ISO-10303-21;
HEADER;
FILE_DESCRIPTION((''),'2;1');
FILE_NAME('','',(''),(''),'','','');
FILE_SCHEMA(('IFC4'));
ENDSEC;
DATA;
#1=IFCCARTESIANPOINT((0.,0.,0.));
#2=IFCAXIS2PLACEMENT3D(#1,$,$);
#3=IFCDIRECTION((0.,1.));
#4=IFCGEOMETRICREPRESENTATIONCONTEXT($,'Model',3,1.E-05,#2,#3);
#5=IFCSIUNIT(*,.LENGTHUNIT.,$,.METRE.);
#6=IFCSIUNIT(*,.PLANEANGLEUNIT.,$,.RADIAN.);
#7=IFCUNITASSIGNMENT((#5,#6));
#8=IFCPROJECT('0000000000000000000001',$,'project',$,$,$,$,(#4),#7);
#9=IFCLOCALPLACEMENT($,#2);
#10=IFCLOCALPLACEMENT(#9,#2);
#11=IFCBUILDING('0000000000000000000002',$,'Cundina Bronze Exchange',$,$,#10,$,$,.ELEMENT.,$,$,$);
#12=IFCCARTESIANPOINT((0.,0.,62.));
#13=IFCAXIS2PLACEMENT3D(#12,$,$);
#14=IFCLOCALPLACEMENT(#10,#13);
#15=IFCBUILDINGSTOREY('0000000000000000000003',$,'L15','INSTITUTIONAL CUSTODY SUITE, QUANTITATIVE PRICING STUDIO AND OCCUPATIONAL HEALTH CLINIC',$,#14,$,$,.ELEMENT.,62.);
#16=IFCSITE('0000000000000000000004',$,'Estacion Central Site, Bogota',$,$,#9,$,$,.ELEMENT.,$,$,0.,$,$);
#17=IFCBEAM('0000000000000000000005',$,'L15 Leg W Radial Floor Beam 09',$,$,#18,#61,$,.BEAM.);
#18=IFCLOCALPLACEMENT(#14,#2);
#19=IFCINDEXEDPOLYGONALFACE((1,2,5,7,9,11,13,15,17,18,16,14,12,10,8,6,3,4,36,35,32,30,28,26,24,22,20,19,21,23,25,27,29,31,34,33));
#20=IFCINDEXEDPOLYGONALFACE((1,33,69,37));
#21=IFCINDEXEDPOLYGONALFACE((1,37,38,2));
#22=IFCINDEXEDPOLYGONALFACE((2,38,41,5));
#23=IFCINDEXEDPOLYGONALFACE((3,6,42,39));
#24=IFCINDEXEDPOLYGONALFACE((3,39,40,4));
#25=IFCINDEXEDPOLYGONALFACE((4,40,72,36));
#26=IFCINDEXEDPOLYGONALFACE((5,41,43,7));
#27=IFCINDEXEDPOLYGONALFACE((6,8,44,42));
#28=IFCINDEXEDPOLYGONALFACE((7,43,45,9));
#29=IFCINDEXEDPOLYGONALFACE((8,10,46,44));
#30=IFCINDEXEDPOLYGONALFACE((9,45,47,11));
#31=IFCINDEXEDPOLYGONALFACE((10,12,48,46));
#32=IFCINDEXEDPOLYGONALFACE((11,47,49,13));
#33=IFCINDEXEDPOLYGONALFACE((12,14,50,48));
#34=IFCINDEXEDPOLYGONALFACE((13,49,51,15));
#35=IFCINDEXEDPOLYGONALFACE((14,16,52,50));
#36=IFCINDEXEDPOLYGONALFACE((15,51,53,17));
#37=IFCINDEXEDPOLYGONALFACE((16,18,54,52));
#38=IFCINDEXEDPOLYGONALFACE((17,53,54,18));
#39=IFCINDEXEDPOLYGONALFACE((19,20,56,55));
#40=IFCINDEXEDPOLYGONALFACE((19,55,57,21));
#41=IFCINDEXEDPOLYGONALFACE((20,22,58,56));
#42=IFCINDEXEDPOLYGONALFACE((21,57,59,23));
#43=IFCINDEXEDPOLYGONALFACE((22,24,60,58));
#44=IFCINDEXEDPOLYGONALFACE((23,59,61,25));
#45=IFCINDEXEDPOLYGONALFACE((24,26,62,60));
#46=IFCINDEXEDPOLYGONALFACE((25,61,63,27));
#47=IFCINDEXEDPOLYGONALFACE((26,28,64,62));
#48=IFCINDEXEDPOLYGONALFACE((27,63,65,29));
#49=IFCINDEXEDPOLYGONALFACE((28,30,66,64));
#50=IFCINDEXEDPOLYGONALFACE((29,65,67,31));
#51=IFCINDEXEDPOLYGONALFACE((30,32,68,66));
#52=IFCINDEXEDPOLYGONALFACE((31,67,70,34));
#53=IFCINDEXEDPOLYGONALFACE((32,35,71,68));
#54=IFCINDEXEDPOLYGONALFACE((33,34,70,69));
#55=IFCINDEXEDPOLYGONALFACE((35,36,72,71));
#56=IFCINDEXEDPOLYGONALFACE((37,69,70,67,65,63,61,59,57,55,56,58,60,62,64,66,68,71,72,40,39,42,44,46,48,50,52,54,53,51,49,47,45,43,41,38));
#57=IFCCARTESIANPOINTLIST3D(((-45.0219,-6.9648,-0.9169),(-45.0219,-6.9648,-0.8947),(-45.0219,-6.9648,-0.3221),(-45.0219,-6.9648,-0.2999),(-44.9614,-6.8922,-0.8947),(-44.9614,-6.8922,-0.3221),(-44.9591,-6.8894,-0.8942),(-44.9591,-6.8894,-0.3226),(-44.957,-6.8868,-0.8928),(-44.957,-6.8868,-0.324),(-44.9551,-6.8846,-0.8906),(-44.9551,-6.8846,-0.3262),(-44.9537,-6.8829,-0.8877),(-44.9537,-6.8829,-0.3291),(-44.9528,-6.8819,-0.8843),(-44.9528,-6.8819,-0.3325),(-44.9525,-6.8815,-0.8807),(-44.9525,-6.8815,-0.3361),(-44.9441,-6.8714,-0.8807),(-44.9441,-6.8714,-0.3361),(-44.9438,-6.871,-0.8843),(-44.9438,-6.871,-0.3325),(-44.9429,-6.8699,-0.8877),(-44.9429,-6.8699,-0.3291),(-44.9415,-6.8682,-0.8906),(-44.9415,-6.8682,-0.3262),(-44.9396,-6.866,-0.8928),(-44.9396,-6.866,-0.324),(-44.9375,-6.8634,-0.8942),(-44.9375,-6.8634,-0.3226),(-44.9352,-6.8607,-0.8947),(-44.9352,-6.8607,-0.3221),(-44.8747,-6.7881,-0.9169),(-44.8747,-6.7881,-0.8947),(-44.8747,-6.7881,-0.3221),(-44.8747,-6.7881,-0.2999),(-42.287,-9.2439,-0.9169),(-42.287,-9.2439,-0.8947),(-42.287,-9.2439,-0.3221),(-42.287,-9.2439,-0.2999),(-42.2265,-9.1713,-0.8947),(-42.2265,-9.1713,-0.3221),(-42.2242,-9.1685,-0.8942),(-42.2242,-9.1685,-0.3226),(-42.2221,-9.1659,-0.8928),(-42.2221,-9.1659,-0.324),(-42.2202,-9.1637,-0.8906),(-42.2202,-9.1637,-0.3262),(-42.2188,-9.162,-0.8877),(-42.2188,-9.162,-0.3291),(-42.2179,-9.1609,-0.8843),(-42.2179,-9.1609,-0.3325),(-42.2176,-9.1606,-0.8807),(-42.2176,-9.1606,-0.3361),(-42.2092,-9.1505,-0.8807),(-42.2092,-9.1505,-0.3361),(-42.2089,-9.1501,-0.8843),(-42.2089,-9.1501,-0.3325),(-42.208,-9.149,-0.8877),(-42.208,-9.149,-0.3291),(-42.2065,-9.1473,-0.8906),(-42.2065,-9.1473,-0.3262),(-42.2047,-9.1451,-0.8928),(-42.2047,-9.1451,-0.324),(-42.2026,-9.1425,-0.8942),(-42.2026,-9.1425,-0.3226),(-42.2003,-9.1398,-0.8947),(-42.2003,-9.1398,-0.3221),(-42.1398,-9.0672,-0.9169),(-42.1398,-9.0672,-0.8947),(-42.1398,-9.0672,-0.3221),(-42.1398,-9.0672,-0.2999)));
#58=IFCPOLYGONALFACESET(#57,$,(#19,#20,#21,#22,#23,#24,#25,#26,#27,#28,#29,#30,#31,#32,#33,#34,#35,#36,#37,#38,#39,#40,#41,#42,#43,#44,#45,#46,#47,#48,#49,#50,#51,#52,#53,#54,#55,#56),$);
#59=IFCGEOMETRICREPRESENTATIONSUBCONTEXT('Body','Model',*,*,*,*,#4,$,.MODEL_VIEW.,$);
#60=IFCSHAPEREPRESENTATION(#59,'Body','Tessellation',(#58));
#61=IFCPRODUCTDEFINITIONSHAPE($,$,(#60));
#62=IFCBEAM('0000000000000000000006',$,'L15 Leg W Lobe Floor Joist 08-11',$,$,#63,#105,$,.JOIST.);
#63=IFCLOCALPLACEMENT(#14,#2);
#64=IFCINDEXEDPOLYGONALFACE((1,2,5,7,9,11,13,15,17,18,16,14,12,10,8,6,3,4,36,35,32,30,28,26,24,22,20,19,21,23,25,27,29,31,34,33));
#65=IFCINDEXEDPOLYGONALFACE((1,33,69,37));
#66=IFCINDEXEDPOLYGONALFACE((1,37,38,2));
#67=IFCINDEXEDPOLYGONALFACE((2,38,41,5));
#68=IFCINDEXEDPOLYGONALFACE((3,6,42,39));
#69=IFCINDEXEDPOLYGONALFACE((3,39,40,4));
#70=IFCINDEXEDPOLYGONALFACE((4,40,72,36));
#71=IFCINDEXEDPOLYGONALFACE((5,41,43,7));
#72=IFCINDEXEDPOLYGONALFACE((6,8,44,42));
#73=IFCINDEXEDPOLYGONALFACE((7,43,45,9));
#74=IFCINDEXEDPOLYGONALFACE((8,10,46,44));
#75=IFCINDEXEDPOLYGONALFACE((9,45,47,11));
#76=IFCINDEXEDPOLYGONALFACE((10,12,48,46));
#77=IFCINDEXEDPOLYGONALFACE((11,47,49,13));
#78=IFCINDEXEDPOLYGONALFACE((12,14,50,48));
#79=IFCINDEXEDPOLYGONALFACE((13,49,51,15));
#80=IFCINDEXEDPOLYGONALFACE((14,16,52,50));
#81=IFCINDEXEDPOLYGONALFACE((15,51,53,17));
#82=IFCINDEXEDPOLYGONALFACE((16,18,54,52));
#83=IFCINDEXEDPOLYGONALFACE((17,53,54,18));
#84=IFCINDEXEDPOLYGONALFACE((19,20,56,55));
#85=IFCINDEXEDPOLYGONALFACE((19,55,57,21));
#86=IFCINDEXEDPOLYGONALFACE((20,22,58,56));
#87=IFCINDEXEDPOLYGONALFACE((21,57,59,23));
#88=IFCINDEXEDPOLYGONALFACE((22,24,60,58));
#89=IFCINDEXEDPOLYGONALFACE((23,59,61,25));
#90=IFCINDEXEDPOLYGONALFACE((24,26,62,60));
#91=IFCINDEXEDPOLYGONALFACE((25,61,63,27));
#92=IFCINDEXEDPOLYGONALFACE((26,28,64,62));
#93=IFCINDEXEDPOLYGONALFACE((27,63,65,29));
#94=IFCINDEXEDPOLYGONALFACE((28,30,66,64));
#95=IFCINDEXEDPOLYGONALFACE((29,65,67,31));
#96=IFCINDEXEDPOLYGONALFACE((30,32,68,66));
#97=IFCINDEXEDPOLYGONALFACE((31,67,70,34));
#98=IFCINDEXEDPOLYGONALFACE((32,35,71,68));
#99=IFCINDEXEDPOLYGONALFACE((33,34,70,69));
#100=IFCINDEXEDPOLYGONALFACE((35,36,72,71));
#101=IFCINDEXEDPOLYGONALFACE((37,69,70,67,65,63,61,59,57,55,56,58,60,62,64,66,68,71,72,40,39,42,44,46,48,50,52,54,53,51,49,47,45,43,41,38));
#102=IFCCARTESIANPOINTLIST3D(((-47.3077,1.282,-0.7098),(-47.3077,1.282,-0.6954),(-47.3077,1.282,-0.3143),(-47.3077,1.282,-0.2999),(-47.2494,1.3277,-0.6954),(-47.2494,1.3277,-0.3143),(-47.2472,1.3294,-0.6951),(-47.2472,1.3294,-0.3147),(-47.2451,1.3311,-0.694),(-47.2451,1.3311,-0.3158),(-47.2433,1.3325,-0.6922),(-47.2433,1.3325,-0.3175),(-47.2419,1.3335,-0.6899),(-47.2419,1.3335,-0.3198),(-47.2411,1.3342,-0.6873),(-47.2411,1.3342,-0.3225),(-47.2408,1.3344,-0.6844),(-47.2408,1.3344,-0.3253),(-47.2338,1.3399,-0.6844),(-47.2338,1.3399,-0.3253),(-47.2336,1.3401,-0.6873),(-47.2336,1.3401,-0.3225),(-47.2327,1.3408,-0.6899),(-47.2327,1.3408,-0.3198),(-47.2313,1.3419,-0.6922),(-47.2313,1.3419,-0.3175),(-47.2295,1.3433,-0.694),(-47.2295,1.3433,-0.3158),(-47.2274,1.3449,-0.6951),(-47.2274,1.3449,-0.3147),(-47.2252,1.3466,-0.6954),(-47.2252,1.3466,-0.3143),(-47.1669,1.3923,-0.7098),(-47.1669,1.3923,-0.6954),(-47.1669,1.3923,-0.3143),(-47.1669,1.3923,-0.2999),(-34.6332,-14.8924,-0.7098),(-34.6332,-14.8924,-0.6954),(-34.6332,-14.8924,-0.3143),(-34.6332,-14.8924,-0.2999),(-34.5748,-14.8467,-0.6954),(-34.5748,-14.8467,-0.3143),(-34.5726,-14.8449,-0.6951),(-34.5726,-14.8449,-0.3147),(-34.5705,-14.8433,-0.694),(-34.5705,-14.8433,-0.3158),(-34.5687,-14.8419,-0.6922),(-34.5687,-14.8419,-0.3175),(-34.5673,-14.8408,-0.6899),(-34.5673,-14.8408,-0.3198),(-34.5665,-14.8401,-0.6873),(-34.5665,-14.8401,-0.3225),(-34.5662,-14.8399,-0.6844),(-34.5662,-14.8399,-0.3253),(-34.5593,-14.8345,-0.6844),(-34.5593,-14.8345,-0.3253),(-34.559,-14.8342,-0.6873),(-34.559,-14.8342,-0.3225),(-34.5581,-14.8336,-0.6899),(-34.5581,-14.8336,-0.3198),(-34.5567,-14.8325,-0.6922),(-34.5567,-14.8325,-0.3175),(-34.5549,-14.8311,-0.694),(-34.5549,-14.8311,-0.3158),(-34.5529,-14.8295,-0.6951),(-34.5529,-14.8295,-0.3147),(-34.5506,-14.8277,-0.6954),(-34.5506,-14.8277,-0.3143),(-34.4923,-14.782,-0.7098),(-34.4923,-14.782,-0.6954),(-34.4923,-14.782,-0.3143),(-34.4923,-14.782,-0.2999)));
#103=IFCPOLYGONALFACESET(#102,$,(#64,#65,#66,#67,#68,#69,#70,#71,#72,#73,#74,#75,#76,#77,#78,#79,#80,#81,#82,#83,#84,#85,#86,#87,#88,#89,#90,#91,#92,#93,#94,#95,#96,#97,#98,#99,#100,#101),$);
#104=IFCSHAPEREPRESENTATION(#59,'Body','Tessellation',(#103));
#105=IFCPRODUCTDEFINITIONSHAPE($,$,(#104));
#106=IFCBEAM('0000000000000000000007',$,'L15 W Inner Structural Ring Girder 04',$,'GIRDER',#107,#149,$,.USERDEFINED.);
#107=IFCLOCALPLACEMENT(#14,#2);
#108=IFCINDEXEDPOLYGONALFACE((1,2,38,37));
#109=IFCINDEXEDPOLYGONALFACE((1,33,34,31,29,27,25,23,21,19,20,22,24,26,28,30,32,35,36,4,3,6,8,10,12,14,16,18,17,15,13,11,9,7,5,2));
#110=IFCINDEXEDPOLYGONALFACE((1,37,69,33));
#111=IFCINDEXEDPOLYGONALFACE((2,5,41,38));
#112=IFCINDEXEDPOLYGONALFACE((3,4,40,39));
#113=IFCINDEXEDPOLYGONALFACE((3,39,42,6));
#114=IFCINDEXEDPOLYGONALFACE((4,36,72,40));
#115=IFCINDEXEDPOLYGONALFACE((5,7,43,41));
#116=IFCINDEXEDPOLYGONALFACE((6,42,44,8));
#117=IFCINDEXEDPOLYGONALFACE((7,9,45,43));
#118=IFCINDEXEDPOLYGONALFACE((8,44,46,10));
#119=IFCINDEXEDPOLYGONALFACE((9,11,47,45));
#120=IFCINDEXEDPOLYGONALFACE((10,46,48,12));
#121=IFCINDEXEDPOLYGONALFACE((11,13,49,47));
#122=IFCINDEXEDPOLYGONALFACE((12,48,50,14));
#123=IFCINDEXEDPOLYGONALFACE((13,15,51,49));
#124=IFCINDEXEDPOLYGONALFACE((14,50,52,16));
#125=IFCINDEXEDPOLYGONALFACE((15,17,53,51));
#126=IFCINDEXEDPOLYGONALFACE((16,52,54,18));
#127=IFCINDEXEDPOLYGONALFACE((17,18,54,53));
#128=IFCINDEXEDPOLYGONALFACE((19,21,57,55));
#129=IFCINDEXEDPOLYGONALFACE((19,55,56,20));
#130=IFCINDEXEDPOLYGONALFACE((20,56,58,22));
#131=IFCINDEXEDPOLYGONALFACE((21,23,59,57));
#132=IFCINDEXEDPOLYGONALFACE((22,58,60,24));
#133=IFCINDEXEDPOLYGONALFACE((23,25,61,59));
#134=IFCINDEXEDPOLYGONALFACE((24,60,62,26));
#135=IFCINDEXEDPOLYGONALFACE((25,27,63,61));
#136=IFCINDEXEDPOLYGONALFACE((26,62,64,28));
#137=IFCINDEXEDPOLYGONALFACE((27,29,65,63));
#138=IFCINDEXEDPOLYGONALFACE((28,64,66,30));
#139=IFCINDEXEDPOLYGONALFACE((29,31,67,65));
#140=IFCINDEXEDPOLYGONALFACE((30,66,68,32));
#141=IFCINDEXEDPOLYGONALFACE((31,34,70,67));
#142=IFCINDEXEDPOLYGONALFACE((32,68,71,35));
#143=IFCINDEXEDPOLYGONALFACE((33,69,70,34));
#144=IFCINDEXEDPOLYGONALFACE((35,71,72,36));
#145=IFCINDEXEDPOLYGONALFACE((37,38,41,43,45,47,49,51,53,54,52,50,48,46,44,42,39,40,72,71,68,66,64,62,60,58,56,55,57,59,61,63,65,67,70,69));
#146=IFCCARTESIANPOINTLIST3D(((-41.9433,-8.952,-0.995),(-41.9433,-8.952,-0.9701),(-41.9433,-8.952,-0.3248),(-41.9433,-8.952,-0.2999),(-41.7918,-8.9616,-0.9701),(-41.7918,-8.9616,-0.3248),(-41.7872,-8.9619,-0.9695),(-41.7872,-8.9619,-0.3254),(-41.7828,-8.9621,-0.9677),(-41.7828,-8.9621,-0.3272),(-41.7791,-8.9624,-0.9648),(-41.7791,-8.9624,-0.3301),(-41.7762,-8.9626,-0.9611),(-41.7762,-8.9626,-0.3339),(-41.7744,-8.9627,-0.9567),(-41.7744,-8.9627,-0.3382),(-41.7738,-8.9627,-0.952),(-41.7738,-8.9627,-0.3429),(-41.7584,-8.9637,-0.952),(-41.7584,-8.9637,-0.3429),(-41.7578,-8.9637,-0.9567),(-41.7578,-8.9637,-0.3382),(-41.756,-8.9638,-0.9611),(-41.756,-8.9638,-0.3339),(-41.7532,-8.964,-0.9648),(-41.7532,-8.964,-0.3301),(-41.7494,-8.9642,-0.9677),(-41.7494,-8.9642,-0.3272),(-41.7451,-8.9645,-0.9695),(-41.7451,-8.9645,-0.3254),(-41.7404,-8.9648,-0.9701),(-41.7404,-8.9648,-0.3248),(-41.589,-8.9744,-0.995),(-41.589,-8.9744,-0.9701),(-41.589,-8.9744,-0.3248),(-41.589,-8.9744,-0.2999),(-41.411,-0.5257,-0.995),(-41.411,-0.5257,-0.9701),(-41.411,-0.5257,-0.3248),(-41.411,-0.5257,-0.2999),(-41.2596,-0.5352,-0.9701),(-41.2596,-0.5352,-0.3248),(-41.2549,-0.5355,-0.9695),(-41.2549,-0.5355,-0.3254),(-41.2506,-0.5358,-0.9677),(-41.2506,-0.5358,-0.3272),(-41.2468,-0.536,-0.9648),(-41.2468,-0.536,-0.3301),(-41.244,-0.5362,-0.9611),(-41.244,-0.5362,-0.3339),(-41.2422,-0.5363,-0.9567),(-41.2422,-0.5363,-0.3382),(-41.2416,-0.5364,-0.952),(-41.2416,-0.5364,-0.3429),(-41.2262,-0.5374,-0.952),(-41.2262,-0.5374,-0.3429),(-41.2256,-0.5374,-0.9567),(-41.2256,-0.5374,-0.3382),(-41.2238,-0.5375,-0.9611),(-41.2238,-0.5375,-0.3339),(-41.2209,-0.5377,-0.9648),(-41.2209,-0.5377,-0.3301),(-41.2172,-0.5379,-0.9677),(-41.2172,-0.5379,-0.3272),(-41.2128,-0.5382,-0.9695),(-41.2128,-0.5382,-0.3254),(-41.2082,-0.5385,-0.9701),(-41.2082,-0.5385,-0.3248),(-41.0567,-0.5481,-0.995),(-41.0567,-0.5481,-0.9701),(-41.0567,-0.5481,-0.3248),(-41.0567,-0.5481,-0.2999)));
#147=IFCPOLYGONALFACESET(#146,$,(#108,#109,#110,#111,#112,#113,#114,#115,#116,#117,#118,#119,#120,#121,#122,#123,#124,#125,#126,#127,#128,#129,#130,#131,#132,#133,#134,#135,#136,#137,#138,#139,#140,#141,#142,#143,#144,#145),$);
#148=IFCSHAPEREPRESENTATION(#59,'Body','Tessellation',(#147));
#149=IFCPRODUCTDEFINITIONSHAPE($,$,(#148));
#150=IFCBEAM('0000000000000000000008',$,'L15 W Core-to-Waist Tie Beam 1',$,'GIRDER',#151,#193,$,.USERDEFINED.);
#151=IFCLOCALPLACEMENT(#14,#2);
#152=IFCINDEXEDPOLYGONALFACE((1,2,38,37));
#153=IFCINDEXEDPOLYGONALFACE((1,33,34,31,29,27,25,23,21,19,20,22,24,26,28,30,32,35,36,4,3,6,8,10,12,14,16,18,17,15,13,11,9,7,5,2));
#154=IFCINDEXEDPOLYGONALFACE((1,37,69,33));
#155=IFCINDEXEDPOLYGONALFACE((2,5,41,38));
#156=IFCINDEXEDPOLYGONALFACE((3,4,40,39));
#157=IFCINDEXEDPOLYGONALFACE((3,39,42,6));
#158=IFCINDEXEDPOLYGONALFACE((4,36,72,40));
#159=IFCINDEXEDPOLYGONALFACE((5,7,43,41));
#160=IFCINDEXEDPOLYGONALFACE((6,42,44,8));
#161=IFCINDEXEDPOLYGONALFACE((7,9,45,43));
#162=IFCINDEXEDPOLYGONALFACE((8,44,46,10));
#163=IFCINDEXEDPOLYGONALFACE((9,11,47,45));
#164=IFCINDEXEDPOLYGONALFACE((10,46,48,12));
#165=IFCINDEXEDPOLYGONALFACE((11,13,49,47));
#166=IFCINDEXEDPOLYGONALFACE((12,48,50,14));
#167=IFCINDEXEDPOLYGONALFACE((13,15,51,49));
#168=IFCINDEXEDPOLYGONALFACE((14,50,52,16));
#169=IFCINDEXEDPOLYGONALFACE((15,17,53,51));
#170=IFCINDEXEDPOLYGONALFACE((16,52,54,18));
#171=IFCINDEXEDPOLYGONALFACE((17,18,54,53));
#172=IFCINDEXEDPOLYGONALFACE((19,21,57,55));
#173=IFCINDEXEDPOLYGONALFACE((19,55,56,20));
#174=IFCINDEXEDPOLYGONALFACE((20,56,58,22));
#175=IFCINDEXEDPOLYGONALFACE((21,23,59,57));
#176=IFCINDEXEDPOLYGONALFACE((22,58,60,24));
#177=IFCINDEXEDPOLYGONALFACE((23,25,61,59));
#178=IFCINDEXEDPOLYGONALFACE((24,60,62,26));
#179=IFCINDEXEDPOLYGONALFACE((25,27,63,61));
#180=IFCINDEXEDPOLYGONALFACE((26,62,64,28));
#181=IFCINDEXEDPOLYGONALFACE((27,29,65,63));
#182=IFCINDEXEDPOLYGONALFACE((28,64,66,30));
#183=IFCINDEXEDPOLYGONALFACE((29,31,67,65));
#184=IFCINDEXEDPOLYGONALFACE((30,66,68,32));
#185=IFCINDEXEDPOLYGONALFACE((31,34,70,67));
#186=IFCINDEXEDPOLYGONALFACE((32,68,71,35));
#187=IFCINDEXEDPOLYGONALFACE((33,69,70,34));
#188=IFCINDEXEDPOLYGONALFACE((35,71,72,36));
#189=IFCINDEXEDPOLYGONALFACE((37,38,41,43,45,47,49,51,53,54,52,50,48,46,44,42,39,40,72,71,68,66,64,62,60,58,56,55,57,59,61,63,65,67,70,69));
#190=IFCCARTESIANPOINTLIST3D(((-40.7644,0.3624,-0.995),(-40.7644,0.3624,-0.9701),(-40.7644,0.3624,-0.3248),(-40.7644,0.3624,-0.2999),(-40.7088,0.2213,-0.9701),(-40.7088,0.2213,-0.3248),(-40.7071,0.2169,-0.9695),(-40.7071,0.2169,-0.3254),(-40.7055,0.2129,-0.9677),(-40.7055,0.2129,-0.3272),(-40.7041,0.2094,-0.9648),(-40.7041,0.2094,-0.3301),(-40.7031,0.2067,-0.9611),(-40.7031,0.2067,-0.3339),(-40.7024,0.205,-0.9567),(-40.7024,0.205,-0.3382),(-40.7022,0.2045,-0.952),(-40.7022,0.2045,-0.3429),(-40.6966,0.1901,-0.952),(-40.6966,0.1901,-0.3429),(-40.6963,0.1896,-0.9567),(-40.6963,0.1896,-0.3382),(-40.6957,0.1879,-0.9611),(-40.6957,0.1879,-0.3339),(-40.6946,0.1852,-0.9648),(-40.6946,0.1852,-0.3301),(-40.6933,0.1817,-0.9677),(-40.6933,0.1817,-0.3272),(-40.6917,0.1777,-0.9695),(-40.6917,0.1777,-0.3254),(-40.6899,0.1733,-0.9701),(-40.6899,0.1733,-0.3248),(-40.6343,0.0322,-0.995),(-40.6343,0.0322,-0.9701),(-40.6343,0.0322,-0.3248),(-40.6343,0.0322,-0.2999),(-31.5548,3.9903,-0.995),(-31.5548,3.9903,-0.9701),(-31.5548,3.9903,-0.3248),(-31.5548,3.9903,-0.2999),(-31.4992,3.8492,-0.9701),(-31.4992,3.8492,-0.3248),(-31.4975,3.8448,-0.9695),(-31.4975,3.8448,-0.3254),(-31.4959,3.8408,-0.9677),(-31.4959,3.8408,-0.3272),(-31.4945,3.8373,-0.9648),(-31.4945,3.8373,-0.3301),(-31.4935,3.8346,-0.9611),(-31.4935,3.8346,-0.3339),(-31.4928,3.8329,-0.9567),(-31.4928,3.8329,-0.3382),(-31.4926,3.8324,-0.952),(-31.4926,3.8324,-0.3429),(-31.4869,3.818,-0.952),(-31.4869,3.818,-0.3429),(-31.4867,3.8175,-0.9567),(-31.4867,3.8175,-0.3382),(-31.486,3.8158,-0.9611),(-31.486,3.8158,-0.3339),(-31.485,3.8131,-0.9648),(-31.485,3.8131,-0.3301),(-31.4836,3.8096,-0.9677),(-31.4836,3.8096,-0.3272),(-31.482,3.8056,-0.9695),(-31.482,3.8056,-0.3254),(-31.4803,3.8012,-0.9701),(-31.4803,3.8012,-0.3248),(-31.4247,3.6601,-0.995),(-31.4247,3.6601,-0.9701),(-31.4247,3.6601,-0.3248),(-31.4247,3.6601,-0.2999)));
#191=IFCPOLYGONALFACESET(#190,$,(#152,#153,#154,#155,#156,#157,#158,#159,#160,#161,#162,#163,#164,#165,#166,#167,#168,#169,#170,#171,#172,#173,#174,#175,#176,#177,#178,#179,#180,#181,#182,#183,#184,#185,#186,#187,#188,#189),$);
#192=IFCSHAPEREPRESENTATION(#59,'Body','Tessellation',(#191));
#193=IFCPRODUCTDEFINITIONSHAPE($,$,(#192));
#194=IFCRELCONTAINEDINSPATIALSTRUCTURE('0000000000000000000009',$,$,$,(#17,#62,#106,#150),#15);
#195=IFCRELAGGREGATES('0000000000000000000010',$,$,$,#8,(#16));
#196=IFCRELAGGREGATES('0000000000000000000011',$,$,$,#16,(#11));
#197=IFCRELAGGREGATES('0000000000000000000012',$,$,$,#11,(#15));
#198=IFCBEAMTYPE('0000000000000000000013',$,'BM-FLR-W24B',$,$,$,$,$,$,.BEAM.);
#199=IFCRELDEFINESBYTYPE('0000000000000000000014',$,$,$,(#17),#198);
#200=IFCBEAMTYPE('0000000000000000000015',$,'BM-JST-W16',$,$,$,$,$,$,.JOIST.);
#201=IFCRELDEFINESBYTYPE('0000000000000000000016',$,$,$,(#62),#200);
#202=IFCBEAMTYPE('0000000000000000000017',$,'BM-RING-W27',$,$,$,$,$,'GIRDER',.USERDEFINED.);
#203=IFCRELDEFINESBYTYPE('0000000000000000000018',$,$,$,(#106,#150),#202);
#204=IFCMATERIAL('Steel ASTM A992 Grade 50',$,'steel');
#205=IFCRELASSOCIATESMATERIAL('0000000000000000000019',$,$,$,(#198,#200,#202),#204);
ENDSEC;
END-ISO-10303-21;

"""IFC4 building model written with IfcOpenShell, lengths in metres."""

from ifc_helpers import new_model, si_unit, direction, frame, origin, origin_2d, place, context, subcontext, project, spatial, i_section, extrude, material, material_profile, profile_set, type_object, element, save


model = new_model("IFC4")

# Units and contexts
model_context = context("Model", 3, precision=1e-05, world=origin(), true_north=direction((0.0, 1.0)))
body_context = subcontext(model_context, "Body", "Model", "MODEL_VIEW")
ifc_project = project(units=[si_unit("LENGTHUNIT", "METRE"), si_unit("PLANEANGLEUNIT", "RADIAN")], contexts=[model_context])

# Site, building, storey
site_placement = place(None, origin())
site = spatial("IfcSite", under=ifc_project, at=site_placement, Name="Estacion Central Site, Bogota", CompositionType="ELEMENT", RefElevation=0.0)
building_placement = place(site_placement, origin())
building = spatial("IfcBuilding", under=site, at=building_placement, Name="Cundina Bronze Exchange", CompositionType="ELEMENT")
storey_placement = place(building_placement, frame((0.0, 0.0, 62.0)))
storey = spatial("IfcBuildingStorey", under=building, at=storey_placement, Name="L15", Description="INSTITUTIONAL CUSTODY SUITE, QUANTITATIVE PRICING STUDIO AND OCCUPATIONAL HEALTH CLINIC", CompositionType="ELEMENT", Elevation=62.0)

# Shared definitions
ifc_material_1 = material(Name="Steel ASTM A992 Grade 50", Category="steel")

# Beams
ifc_material_profile_1 = material_profile(ifc_material_1, i_section(OverallWidth=0.23, OverallDepth=0.6169, WebThickness=0.0132, FlangeThickness=0.0222, FilletRadius=0.0139, at=origin_2d()), Name="W24X94", Category="steel")
ifc_profile_set_1 = profile_set([ifc_material_profile_1], Name="Steel ASTM A992 Grade 50")
beam_type_1 = type_object("IfcBeamType", Name="BM-FLR-W24B", PredefinedType="BEAM", material=ifc_profile_set_1)
beam_1_placement = place(storey_placement, frame((-42.2134, -9.1555, -0.6084), z_axis=(-0.768221, 0.640184, 0.0), x_axis=(-0.640184, -0.768221, 0.0)))
element("IfcBeam", 1, at=beam_1_placement, inside=storey, type_object=beam_type_1, Name="L15 Leg W Radial Floor Beam 09", PredefinedType="BEAM", context=body_context, shape_type="SweptSolid", body=[
    extrude(i_section(OverallWidth=0.23, OverallDepth=0.6169, WebThickness=0.0132, FlangeThickness=0.0222, FilletRadius=0.0139, at=origin_2d()), origin(), (0.0, 0.0, 1.0), 3.5601),
])
ifc_material_profile_2 = material_profile(ifc_material_1, i_section(OverallWidth=0.179, OverallDepth=0.4099, WebThickness=0.0088, FlangeThickness=0.0144, FilletRadius=0.011, at=origin_2d()), Name="W16X45", Category="steel")
ifc_profile_set_2 = profile_set([ifc_material_profile_2], Name="Steel ASTM A992 Grade 50")
beam_type_2 = type_object("IfcBeamType", Name="BM-JST-W16", PredefinedType="JOIST", material=ifc_profile_set_2)
beam_2_placement = place(storey_placement, frame((-47.2373, 1.3372, -0.5049), z_axis=(0.616803, -0.787117, 0.0), x_axis=(0.787117, 0.616803, 0.0)))
element("IfcBeam", 2, at=beam_2_placement, inside=storey, type_object=beam_type_2, Name="L15 Leg W Lobe Floor Joist 08-11", PredefinedType="JOIST", context=body_context, shape_type="SweptSolid", body=[
    extrude(i_section(OverallWidth=0.179, OverallDepth=0.4099, WebThickness=0.0088, FlangeThickness=0.0144, FilletRadius=0.011, at=origin_2d()), origin(), (0.0, 0.0, 1.0), 20.5488),
])
ifc_material_profile_3 = material_profile(ifc_material_1, i_section(OverallWidth=0.355, OverallDepth=0.6951, WebThickness=0.0154, FlangeThickness=0.0249, FilletRadius=0.0181, at=origin_2d()), Name="W27X146", Category="steel")
ifc_profile_set_3 = profile_set([ifc_material_profile_3], Name="Steel ASTM A992 Grade 50")
beam_type_3 = type_object("IfcBeamType", Name="BM-RING-W27", ElementType="GIRDER", PredefinedType="USERDEFINED", material=ifc_profile_set_3)
beam_3_placement = place(storey_placement, frame((-41.2339, -0.5369, -0.6475), z_axis=(-0.063037, -0.998011, 0.0), x_axis=(0.998011, -0.063037, 0.0)))
element("IfcBeam", 3, at=beam_3_placement, inside=storey, type_object=beam_type_3, Name="L15 W Inner Structural Ring Girder 04", ObjectType="GIRDER", PredefinedType="USERDEFINED", context=body_context, shape_type="SweptSolid", body=[
    extrude(i_section(OverallWidth=0.355, OverallDepth=0.6951, WebThickness=0.0154, FlangeThickness=0.0249, FilletRadius=0.0181, at=origin_2d()), origin(), (0.0, 0.0, 1.0), 8.4431),
])
beam_4_placement = place(storey_placement, frame((-31.4897, 3.8252, -0.6475), z_axis=(-0.930413, -0.366512, 0.0), x_axis=(0.366512, -0.930413, 0.0)))
element("IfcBeam", 4, at=beam_4_placement, inside=storey, type_object=beam_type_3, Name="L15 W Core-to-Waist Tie Beam 1", ObjectType="GIRDER", PredefinedType="USERDEFINED", context=body_context, shape_type="SweptSolid", body=[
    extrude(i_section(OverallWidth=0.355, OverallDepth=0.6951, WebThickness=0.0154, FlangeThickness=0.0249, FilletRadius=0.0181, at=origin_2d()), origin(), (0.0, 0.0, 1.0), 9.8984),
])

save(model, "model.ifc")
